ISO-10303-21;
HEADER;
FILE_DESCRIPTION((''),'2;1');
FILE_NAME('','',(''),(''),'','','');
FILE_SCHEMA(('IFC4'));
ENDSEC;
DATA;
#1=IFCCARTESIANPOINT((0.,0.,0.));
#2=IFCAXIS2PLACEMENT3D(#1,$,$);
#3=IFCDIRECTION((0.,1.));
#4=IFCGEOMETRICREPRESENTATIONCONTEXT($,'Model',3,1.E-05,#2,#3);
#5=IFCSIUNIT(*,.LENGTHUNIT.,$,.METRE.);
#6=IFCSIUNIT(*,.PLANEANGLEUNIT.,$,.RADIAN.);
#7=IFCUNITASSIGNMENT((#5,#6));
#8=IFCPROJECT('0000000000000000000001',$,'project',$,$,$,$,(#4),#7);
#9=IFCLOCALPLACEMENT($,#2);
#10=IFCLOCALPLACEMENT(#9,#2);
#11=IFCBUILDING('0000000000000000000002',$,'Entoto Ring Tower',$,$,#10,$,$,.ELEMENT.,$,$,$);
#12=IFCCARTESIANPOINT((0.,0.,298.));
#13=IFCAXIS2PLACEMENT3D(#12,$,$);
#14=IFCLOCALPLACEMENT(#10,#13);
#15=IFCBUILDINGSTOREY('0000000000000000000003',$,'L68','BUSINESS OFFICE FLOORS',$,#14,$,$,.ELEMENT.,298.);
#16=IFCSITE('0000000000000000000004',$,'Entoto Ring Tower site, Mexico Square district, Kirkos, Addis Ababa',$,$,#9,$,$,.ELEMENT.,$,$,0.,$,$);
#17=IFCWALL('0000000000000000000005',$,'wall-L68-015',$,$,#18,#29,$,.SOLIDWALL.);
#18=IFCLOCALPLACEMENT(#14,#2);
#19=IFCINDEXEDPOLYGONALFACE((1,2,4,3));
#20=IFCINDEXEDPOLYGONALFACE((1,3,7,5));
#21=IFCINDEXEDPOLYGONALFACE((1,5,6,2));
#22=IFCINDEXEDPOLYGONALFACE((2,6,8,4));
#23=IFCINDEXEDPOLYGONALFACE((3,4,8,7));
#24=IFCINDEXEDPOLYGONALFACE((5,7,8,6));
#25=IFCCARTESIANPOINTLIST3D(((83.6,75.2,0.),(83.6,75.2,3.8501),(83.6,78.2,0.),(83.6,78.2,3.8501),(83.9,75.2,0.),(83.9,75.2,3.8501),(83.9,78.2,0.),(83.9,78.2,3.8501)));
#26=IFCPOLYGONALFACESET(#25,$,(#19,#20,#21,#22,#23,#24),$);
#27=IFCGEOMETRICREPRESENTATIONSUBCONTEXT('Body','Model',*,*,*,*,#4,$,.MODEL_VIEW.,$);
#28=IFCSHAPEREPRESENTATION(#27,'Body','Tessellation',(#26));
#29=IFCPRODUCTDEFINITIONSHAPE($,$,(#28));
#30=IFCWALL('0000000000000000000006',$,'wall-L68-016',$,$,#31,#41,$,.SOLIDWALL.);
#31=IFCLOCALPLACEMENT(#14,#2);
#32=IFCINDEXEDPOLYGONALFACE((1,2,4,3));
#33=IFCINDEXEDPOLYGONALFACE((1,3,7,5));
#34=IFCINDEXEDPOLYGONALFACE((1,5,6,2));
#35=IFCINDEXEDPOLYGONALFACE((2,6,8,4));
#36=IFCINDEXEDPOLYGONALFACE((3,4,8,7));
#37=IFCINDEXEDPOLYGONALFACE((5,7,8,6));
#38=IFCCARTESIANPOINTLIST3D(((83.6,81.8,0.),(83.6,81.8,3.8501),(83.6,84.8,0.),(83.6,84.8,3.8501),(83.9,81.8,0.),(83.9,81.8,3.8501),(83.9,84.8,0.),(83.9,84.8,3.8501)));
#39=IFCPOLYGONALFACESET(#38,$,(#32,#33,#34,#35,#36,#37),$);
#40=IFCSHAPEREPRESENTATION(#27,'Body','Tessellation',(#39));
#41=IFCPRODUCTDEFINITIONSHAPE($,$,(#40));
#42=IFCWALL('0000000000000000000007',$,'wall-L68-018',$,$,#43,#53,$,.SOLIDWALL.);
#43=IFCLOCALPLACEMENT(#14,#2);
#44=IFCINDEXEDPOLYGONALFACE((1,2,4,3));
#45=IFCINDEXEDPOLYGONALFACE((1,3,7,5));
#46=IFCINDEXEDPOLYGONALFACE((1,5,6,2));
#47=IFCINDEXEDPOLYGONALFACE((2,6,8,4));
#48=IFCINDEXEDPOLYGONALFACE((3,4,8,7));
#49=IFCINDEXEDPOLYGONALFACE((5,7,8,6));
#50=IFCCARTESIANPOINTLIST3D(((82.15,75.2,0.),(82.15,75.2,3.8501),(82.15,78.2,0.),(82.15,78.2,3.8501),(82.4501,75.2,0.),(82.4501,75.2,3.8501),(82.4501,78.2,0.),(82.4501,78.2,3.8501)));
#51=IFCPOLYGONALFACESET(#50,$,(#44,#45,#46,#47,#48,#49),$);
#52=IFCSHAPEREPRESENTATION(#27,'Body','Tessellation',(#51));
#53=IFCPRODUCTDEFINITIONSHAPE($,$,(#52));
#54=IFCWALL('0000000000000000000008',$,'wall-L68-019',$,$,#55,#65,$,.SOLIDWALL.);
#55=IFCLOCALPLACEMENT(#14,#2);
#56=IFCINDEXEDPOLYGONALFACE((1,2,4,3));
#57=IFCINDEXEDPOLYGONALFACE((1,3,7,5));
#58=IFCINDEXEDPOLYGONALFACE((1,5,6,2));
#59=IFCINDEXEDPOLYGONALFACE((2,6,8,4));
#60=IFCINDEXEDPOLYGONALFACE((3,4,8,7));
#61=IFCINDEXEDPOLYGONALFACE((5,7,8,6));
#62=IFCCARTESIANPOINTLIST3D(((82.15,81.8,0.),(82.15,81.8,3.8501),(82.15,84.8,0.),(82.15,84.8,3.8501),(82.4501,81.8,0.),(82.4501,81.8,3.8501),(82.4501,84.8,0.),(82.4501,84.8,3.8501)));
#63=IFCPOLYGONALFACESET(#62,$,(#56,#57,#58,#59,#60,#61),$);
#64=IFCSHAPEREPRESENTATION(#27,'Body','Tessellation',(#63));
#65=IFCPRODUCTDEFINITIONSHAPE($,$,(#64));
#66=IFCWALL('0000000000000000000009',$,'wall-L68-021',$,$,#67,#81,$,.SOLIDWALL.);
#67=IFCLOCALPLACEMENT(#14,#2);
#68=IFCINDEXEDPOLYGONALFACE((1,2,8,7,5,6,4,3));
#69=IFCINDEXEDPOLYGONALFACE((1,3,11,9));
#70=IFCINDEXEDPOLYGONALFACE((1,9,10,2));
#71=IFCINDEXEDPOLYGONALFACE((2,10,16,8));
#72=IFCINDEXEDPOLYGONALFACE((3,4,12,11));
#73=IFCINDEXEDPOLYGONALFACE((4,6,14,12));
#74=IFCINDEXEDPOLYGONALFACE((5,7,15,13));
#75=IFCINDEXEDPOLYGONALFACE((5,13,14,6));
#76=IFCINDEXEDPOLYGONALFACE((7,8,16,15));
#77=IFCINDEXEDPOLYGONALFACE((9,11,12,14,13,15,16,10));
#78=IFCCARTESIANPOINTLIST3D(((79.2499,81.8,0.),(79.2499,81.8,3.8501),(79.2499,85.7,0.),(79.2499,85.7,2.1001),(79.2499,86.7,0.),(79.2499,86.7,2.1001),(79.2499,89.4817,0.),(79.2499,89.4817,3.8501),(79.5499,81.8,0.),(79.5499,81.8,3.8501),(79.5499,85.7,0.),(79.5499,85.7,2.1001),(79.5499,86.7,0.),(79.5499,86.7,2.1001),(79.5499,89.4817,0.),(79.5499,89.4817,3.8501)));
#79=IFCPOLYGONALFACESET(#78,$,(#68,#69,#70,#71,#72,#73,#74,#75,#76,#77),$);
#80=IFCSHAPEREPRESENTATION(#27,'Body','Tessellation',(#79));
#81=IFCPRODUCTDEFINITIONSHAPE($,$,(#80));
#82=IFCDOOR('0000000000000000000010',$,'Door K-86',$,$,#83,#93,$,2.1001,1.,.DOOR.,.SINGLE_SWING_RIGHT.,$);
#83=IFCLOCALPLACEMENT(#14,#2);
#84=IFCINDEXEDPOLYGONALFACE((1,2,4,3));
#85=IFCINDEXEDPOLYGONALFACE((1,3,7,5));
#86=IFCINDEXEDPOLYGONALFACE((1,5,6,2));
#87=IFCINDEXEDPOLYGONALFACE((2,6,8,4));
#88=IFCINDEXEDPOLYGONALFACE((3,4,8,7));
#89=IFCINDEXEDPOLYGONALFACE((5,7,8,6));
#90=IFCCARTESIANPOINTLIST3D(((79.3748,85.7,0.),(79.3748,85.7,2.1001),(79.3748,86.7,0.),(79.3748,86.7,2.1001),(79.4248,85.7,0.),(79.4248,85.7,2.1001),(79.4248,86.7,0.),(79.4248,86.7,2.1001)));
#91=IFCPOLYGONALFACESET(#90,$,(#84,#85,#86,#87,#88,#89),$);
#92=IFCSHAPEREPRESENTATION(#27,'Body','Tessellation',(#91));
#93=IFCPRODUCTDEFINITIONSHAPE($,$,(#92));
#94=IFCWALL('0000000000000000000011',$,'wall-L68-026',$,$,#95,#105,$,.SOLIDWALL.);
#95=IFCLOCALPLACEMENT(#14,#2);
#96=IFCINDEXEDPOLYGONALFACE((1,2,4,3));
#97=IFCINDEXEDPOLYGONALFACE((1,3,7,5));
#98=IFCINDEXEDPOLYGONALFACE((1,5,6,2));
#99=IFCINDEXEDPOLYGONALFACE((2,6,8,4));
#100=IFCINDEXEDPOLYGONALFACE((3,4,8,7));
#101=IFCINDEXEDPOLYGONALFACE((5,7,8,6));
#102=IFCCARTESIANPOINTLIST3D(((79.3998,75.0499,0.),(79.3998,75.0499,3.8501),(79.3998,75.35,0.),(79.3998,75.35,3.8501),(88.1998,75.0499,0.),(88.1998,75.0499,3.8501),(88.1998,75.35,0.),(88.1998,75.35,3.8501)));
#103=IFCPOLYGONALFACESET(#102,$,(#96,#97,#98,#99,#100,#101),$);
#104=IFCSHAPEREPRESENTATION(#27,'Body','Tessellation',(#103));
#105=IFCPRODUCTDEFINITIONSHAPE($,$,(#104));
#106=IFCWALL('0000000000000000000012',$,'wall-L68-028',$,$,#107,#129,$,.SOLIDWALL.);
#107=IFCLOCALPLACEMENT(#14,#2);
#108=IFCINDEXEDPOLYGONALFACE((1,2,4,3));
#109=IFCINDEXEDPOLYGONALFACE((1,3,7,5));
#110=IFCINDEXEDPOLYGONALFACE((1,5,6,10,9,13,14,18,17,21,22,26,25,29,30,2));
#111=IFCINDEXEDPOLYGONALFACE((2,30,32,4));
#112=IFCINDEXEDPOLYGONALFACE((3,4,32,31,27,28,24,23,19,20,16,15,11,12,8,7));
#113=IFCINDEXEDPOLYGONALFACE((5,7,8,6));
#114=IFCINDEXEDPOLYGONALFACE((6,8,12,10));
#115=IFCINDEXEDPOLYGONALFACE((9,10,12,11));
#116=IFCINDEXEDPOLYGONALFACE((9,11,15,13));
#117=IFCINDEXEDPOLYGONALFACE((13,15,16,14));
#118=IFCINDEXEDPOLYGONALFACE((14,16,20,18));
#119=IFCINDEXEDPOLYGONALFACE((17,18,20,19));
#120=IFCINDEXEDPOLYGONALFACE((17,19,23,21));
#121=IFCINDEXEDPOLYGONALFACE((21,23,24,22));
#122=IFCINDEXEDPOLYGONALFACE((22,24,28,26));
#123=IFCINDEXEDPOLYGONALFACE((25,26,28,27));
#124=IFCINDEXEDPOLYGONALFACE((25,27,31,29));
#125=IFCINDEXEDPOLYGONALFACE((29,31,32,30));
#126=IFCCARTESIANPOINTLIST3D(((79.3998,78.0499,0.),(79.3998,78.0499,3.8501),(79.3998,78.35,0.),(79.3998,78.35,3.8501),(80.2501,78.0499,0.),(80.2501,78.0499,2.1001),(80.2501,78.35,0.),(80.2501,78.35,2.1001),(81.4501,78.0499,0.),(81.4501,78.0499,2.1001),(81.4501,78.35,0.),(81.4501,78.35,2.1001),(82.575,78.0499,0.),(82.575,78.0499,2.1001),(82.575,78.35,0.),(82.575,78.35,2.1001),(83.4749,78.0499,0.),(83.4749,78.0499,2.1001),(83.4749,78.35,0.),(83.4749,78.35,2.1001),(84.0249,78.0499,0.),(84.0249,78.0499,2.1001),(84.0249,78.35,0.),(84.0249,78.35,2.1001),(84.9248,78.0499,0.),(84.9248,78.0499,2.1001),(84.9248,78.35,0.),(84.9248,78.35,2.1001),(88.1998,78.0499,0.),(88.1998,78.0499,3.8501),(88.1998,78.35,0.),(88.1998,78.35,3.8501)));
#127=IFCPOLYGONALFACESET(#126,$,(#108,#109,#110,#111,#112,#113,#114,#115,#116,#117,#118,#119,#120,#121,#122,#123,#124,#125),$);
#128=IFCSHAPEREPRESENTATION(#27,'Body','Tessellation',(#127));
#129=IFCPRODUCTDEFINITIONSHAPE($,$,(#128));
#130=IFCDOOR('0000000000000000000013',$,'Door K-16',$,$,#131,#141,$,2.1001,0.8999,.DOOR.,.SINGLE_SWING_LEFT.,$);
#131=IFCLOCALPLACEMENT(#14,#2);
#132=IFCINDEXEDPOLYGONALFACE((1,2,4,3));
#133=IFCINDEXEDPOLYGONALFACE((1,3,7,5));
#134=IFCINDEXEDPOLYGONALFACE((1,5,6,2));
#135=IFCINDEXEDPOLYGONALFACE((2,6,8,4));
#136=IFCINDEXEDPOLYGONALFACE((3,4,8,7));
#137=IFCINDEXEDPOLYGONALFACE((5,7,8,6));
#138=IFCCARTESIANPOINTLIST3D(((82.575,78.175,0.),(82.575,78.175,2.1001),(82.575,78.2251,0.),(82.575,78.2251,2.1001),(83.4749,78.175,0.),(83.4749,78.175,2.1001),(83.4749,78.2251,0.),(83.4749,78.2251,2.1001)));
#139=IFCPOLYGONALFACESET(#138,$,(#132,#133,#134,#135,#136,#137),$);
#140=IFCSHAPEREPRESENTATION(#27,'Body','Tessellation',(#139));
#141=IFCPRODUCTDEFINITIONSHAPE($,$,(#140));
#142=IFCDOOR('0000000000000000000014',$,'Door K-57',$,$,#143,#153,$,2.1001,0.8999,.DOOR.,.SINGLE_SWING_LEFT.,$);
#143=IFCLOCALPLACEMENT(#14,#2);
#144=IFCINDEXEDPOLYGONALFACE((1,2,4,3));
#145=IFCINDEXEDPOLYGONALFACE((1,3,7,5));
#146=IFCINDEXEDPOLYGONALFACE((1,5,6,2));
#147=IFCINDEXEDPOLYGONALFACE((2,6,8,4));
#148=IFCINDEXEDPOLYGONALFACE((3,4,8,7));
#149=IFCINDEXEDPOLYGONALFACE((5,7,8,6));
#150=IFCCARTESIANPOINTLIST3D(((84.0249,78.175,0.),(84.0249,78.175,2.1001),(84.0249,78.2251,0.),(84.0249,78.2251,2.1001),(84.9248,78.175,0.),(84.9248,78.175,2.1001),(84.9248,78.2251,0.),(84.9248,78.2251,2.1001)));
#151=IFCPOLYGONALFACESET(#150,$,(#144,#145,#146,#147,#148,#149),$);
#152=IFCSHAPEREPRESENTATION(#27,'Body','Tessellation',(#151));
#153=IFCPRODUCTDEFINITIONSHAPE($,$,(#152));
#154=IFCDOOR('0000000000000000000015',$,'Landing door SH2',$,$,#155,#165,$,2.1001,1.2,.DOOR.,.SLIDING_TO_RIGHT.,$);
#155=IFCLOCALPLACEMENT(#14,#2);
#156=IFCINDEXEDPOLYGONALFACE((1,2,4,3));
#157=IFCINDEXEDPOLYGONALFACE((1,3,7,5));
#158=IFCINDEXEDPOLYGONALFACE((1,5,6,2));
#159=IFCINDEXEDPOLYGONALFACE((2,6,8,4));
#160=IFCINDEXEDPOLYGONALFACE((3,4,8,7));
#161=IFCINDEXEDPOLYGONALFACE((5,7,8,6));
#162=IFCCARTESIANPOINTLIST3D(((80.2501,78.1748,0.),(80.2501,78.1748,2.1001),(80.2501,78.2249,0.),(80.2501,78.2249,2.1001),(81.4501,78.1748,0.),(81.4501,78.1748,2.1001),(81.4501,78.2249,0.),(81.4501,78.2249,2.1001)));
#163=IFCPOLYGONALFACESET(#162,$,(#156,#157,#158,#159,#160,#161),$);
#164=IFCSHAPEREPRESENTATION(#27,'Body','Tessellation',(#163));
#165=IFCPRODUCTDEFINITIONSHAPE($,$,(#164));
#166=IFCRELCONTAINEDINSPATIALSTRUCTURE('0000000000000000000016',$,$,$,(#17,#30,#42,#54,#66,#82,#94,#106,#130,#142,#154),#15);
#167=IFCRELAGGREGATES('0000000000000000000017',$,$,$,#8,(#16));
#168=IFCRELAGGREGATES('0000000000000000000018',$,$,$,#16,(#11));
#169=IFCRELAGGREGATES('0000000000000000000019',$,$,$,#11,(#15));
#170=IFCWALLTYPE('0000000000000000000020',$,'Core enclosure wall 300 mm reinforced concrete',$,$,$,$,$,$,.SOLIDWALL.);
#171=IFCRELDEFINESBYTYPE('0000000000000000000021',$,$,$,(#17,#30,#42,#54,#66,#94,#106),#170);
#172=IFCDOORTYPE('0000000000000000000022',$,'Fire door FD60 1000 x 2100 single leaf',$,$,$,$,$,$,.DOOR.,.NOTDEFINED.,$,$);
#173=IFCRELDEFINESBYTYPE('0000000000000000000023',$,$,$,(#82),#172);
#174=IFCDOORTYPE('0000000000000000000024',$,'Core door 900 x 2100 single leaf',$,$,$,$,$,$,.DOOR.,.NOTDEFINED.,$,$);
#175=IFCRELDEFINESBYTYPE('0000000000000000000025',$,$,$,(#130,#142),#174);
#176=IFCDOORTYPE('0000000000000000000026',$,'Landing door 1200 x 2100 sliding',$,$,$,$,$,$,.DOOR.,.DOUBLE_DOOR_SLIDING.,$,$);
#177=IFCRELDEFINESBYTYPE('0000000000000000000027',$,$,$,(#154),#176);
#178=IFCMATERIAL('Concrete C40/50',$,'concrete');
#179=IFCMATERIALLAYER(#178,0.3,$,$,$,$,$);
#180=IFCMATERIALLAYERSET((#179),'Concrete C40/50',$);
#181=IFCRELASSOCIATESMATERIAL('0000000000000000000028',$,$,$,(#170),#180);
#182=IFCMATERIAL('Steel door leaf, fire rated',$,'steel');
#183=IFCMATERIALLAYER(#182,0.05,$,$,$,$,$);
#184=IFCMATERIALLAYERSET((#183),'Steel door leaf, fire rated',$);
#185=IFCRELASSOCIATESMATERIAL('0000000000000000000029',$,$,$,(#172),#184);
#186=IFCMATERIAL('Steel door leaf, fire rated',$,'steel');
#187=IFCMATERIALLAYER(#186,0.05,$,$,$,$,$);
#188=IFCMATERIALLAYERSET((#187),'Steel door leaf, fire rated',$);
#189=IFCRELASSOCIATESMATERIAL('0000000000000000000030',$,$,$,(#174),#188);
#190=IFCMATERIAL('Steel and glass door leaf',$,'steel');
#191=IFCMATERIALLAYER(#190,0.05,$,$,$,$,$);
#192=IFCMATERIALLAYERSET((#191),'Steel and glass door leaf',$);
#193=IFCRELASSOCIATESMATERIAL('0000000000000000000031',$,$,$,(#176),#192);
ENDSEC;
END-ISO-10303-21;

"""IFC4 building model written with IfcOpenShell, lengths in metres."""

from ifc_helpers import new_model, si_unit, direction, frame, frame_2d, origin, place, context, subcontext, project, spatial, rectangle, extrude, material, layer, layer_set, type_object, element, fill, save


model = new_model("IFC4")

# Units and contexts
model_context = context("Model", 3, precision=1e-05, world=origin(), true_north=direction((0.0, 1.0)))
body_context = subcontext(model_context, "Body", "Model", "MODEL_VIEW")
ifc_project = project(units=[si_unit("LENGTHUNIT", "METRE"), si_unit("PLANEANGLEUNIT", "RADIAN")], contexts=[model_context])

# Site, building, storey
site_placement = place(None, origin())
site = spatial("IfcSite", under=ifc_project, at=site_placement, Name="Entoto Ring Tower site, Mexico Square district, Kirkos, Addis Ababa", CompositionType="ELEMENT", RefElevation=0.0)
building_placement = place(site_placement, origin())
building = spatial("IfcBuilding", under=site, at=building_placement, Name="Entoto Ring Tower", CompositionType="ELEMENT")
storey_placement = place(building_placement, frame((0.0, 0.0, 298.0)))
storey = spatial("IfcBuildingStorey", under=building, at=storey_placement, Name="L68", Description="BUSINESS OFFICE FLOORS", CompositionType="ELEMENT", Elevation=298.0)

# Walls
ifc_material_1 = material(Name="Concrete C40/50", Category="concrete")
ifc_layer_1 = layer(ifc_material_1, 0.3)
ifc_layer_set_1 = layer_set([ifc_layer_1], Name="Concrete C40/50")
wall_type = type_object("IfcWallType", Name="Core enclosure wall 300 mm reinforced concrete", PredefinedType="SOLIDWALL", material=ifc_layer_set_1)
for number, where, z_axis, x_axis, name in (
    (1, (83.75, 75.2, 0.0), (0.0, 0.0, 1.0), (0.0, 1.0, 0.0), "wall-L68-015"),
    (2, (83.75, 81.8, 0.0), (0.0, 0.0, 1.0), (0.0, 1.0, 0.0), "wall-L68-016"),
    (3, (82.3, 75.2, 0.0), (0.0, 0.0, 1.0), (0.0, 1.0, 0.0), "wall-L68-018"),
    (4, (82.3, 81.8, 0.0), (0.0, 0.0, 1.0), (0.0, 1.0, 0.0), "wall-L68-019"),
):
    element("IfcWall", number, at=place(storey_placement, frame(where, z_axis=z_axis, x_axis=x_axis)), inside=storey, type_object=wall_type, Name=name, PredefinedType="SOLIDWALL", context=body_context, shape_type="SweptSolid", body=[
        extrude(rectangle(XDim=3.0, YDim=0.3, at=frame_2d((1.5, 0.0))), origin(), (0.0, 0.0, 1.0), 3.8501),
    ])

# Wall, opening, door
wall_1_placement = place(storey_placement, frame((79.3999, 81.8, 0.0), z_axis=(0.0, 0.0, 1.0), x_axis=(0.0, 1.0, 0.0)))
wall_1 = element("IfcWall", 5, at=wall_1_placement, inside=storey, type_object=wall_type, Name="wall-L68-021", PredefinedType="SOLIDWALL", context=body_context, shape_type="SweptSolid", body=[
    extrude(rectangle(XDim=7.6816, YDim=0.3, at=frame_2d((3.8408, 0.0))), origin(), (0.0, 0.0, 1.0), 3.8501),
])
opening_1_placement = place(wall_1_placement, frame((3.8999, 0.0, 0.0)))
opening_1 = element("IfcOpeningElement", 6, at=opening_1_placement, cuts=wall_1, PredefinedType="OPENING", context=body_context, shape_type="SweptSolid", body=[
    extrude(rectangle(XDim=1.0, YDim=2.1001, at=frame_2d((0.5, 1.05))), frame((0.0, 0.1602, 0.0), z_axis=(0.0, -1.0, 0.0), x_axis=(1.0, 0.0, 0.0)), (0.0, 0.0, 1.0), 0.3201),
])
ifc_material_2 = material(Name="Steel door leaf, fire rated", Category="steel")
ifc_layer_2 = layer(ifc_material_2, 0.05)
ifc_layer_set_2 = layer_set([ifc_layer_2], Name="Steel door leaf, fire rated")
door_type_1 = type_object("IfcDoorType", Name="Fire door FD60 1000 x 2100 single leaf", OperationType="NOTDEFINED", PredefinedType="DOOR", material=ifc_layer_set_2)
door_1_placement = place(opening_1_placement, frame((1.0, 0.0, 0.0), z_axis=(0.0, 0.0, 1.0), x_axis=(-1.0, 0.0, 0.0)))
door_1 = element("IfcDoor", 7, at=door_1_placement, inside=storey, type_object=door_type_1, Name="Door K-86", OperationType="SINGLE_SWING_RIGHT", OverallHeight=2.1001, OverallWidth=1.0, PredefinedType="DOOR", context=body_context, shape_type="SweptSolid", body=[
    extrude(rectangle(XDim=1.0, YDim=2.1001, at=frame_2d((0.5, 1.05))), frame((0.0, 0.0249, 0.0), z_axis=(0.0, -1.0, 0.0), x_axis=(1.0, 0.0, 0.0)), (0.0, 0.0, 1.0), 0.05),
])
fill(opening_1, door_1)

# Wall
wall_2_placement = place(storey_placement, frame((79.3999, 75.2, 0.0), z_axis=(0.0, 0.0, 1.0), x_axis=(1.0, 0.0, 0.0)))
element("IfcWall", 8, at=wall_2_placement, inside=storey, type_object=wall_type, Name="wall-L68-026", PredefinedType="SOLIDWALL", context=body_context, shape_type="SweptSolid", body=[
    extrude(rectangle(XDim=8.8, YDim=0.3, at=frame_2d((4.3999, 0.0))), origin(), (0.0, 0.0, 1.0), 3.8501),
])

# Wall, openings, doors
wall_3_placement = place(storey_placement, frame((79.3999, 78.2, 0.0), z_axis=(0.0, 0.0, 1.0), x_axis=(1.0, 0.0, 0.0)))
wall_3 = element("IfcWall", 9, at=wall_3_placement, inside=storey, type_object=wall_type, Name="wall-L68-028", PredefinedType="SOLIDWALL", context=body_context, shape_type="SweptSolid", body=[
    extrude(rectangle(XDim=8.8, YDim=0.3, at=frame_2d((4.3999, 0.0))), origin(), (0.0, 0.0, 1.0), 3.8501),
])
opening_2_placement = place(wall_3_placement, frame((0.8501, 0.0, 0.0)))
opening_2 = element("IfcOpeningElement", 10, at=opening_2_placement, cuts=wall_3, PredefinedType="OPENING", context=body_context, shape_type="SweptSolid", body=[
    extrude(rectangle(XDim=1.2, YDim=2.1001, at=frame_2d((0.6001, 1.05))), frame((0.0, 0.1602, 0.0), z_axis=(0.0, -1.0, 0.0), x_axis=(1.0, 0.0, 0.0)), (0.0, 0.0, 1.0), 0.3201),
])
opening_3_placement = place(wall_3_placement, frame((3.175, 0.0, 0.0)))
opening_3 = element("IfcOpeningElement", 11, at=opening_3_placement, cuts=wall_3, PredefinedType="OPENING", context=body_context, shape_type="SweptSolid", body=[
    extrude(rectangle(XDim=0.8999, YDim=2.1001, at=frame_2d((0.45, 1.05))), frame((0.0, 0.1602, 0.0), z_axis=(0.0, -1.0, 0.0), x_axis=(1.0, 0.0, 0.0)), (0.0, 0.0, 1.0), 0.3201),
])
opening_4_placement = place(wall_3_placement, frame((4.625, 0.0, 0.0)))
opening_4 = element("IfcOpeningElement", 12, at=opening_4_placement, cuts=wall_3, PredefinedType="OPENING", context=body_context, shape_type="SweptSolid", body=[
    extrude(rectangle(XDim=0.8999, YDim=2.1001, at=frame_2d((0.45, 1.05))), frame((0.0, 0.1602, 0.0), z_axis=(0.0, -1.0, 0.0), x_axis=(1.0, 0.0, 0.0)), (0.0, 0.0, 1.0), 0.3201),
])
ifc_material_3 = material(Name="Steel door leaf, fire rated", Category="steel")
ifc_layer_3 = layer(ifc_material_3, 0.05)
ifc_layer_set_3 = layer_set([ifc_layer_3], Name="Steel door leaf, fire rated")
door_type_2 = type_object("IfcDoorType", Name="Core door 900 x 2100 single leaf", OperationType="NOTDEFINED", PredefinedType="DOOR", material=ifc_layer_set_3)
door_2_placement = place(opening_3_placement, frame((0.8999, 0.0, 0.0), z_axis=(0.0, 0.0, 1.0), x_axis=(-1.0, 0.0, 0.0)))
door_2 = element("IfcDoor", 13, at=door_2_placement, inside=storey, type_object=door_type_2, Name="Door K-16", OperationType="SINGLE_SWING_LEFT", OverallHeight=2.1001, OverallWidth=0.8999, PredefinedType="DOOR", context=body_context, shape_type="SweptSolid", body=[
    extrude(rectangle(XDim=0.8999, YDim=2.1001, at=frame_2d((0.45, 1.05))), frame((0.0, 0.0249, 0.0), z_axis=(0.0, -1.0, 0.0), x_axis=(1.0, 0.0, 0.0)), (0.0, 0.0, 1.0), 0.05),
])
fill(opening_3, door_2)
door_3_placement = place(opening_4_placement, frame((0.8999, 0.0, 0.0), z_axis=(0.0, 0.0, 1.0), x_axis=(-1.0, 0.0, 0.0)))
door_3 = element("IfcDoor", 14, at=door_3_placement, inside=storey, type_object=door_type_2, Name="Door K-57", OperationType="SINGLE_SWING_LEFT", OverallHeight=2.1001, OverallWidth=0.8999, PredefinedType="DOOR", context=body_context, shape_type="SweptSolid", body=[
    extrude(rectangle(XDim=0.8999, YDim=2.1001, at=frame_2d((0.45, 1.05))), frame((0.0, 0.0249, 0.0), z_axis=(0.0, -1.0, 0.0), x_axis=(1.0, 0.0, 0.0)), (0.0, 0.0, 1.0), 0.05),
])
fill(opening_4, door_3)
ifc_material_4 = material(Name="Steel and glass door leaf", Category="steel")
ifc_layer_4 = layer(ifc_material_4, 0.05)
ifc_layer_set_4 = layer_set([ifc_layer_4], Name="Steel and glass door leaf")
door_type_3 = type_object("IfcDoorType", Name="Landing door 1200 x 2100 sliding", OperationType="DOUBLE_DOOR_SLIDING", PredefinedType="DOOR", material=ifc_layer_set_4)
door_4_placement = place(opening_2_placement, origin())
door_4 = element("IfcDoor", 15, at=door_4_placement, inside=storey, type_object=door_type_3, Name="Landing door SH2", OperationType="SLIDING_TO_RIGHT", OverallHeight=2.1001, OverallWidth=1.2, PredefinedType="DOOR", context=body_context, shape_type="SweptSolid", body=[
    extrude(rectangle(XDim=1.2, YDim=2.1001, at=frame_2d((0.6001, 1.05))), frame((0.0, 0.0249, 0.0), z_axis=(0.0, -1.0, 0.0), x_axis=(1.0, 0.0, 0.0)), (0.0, 0.0, 1.0), 0.05),
])
fill(opening_2, door_4)

save(model, "model.ifc")
